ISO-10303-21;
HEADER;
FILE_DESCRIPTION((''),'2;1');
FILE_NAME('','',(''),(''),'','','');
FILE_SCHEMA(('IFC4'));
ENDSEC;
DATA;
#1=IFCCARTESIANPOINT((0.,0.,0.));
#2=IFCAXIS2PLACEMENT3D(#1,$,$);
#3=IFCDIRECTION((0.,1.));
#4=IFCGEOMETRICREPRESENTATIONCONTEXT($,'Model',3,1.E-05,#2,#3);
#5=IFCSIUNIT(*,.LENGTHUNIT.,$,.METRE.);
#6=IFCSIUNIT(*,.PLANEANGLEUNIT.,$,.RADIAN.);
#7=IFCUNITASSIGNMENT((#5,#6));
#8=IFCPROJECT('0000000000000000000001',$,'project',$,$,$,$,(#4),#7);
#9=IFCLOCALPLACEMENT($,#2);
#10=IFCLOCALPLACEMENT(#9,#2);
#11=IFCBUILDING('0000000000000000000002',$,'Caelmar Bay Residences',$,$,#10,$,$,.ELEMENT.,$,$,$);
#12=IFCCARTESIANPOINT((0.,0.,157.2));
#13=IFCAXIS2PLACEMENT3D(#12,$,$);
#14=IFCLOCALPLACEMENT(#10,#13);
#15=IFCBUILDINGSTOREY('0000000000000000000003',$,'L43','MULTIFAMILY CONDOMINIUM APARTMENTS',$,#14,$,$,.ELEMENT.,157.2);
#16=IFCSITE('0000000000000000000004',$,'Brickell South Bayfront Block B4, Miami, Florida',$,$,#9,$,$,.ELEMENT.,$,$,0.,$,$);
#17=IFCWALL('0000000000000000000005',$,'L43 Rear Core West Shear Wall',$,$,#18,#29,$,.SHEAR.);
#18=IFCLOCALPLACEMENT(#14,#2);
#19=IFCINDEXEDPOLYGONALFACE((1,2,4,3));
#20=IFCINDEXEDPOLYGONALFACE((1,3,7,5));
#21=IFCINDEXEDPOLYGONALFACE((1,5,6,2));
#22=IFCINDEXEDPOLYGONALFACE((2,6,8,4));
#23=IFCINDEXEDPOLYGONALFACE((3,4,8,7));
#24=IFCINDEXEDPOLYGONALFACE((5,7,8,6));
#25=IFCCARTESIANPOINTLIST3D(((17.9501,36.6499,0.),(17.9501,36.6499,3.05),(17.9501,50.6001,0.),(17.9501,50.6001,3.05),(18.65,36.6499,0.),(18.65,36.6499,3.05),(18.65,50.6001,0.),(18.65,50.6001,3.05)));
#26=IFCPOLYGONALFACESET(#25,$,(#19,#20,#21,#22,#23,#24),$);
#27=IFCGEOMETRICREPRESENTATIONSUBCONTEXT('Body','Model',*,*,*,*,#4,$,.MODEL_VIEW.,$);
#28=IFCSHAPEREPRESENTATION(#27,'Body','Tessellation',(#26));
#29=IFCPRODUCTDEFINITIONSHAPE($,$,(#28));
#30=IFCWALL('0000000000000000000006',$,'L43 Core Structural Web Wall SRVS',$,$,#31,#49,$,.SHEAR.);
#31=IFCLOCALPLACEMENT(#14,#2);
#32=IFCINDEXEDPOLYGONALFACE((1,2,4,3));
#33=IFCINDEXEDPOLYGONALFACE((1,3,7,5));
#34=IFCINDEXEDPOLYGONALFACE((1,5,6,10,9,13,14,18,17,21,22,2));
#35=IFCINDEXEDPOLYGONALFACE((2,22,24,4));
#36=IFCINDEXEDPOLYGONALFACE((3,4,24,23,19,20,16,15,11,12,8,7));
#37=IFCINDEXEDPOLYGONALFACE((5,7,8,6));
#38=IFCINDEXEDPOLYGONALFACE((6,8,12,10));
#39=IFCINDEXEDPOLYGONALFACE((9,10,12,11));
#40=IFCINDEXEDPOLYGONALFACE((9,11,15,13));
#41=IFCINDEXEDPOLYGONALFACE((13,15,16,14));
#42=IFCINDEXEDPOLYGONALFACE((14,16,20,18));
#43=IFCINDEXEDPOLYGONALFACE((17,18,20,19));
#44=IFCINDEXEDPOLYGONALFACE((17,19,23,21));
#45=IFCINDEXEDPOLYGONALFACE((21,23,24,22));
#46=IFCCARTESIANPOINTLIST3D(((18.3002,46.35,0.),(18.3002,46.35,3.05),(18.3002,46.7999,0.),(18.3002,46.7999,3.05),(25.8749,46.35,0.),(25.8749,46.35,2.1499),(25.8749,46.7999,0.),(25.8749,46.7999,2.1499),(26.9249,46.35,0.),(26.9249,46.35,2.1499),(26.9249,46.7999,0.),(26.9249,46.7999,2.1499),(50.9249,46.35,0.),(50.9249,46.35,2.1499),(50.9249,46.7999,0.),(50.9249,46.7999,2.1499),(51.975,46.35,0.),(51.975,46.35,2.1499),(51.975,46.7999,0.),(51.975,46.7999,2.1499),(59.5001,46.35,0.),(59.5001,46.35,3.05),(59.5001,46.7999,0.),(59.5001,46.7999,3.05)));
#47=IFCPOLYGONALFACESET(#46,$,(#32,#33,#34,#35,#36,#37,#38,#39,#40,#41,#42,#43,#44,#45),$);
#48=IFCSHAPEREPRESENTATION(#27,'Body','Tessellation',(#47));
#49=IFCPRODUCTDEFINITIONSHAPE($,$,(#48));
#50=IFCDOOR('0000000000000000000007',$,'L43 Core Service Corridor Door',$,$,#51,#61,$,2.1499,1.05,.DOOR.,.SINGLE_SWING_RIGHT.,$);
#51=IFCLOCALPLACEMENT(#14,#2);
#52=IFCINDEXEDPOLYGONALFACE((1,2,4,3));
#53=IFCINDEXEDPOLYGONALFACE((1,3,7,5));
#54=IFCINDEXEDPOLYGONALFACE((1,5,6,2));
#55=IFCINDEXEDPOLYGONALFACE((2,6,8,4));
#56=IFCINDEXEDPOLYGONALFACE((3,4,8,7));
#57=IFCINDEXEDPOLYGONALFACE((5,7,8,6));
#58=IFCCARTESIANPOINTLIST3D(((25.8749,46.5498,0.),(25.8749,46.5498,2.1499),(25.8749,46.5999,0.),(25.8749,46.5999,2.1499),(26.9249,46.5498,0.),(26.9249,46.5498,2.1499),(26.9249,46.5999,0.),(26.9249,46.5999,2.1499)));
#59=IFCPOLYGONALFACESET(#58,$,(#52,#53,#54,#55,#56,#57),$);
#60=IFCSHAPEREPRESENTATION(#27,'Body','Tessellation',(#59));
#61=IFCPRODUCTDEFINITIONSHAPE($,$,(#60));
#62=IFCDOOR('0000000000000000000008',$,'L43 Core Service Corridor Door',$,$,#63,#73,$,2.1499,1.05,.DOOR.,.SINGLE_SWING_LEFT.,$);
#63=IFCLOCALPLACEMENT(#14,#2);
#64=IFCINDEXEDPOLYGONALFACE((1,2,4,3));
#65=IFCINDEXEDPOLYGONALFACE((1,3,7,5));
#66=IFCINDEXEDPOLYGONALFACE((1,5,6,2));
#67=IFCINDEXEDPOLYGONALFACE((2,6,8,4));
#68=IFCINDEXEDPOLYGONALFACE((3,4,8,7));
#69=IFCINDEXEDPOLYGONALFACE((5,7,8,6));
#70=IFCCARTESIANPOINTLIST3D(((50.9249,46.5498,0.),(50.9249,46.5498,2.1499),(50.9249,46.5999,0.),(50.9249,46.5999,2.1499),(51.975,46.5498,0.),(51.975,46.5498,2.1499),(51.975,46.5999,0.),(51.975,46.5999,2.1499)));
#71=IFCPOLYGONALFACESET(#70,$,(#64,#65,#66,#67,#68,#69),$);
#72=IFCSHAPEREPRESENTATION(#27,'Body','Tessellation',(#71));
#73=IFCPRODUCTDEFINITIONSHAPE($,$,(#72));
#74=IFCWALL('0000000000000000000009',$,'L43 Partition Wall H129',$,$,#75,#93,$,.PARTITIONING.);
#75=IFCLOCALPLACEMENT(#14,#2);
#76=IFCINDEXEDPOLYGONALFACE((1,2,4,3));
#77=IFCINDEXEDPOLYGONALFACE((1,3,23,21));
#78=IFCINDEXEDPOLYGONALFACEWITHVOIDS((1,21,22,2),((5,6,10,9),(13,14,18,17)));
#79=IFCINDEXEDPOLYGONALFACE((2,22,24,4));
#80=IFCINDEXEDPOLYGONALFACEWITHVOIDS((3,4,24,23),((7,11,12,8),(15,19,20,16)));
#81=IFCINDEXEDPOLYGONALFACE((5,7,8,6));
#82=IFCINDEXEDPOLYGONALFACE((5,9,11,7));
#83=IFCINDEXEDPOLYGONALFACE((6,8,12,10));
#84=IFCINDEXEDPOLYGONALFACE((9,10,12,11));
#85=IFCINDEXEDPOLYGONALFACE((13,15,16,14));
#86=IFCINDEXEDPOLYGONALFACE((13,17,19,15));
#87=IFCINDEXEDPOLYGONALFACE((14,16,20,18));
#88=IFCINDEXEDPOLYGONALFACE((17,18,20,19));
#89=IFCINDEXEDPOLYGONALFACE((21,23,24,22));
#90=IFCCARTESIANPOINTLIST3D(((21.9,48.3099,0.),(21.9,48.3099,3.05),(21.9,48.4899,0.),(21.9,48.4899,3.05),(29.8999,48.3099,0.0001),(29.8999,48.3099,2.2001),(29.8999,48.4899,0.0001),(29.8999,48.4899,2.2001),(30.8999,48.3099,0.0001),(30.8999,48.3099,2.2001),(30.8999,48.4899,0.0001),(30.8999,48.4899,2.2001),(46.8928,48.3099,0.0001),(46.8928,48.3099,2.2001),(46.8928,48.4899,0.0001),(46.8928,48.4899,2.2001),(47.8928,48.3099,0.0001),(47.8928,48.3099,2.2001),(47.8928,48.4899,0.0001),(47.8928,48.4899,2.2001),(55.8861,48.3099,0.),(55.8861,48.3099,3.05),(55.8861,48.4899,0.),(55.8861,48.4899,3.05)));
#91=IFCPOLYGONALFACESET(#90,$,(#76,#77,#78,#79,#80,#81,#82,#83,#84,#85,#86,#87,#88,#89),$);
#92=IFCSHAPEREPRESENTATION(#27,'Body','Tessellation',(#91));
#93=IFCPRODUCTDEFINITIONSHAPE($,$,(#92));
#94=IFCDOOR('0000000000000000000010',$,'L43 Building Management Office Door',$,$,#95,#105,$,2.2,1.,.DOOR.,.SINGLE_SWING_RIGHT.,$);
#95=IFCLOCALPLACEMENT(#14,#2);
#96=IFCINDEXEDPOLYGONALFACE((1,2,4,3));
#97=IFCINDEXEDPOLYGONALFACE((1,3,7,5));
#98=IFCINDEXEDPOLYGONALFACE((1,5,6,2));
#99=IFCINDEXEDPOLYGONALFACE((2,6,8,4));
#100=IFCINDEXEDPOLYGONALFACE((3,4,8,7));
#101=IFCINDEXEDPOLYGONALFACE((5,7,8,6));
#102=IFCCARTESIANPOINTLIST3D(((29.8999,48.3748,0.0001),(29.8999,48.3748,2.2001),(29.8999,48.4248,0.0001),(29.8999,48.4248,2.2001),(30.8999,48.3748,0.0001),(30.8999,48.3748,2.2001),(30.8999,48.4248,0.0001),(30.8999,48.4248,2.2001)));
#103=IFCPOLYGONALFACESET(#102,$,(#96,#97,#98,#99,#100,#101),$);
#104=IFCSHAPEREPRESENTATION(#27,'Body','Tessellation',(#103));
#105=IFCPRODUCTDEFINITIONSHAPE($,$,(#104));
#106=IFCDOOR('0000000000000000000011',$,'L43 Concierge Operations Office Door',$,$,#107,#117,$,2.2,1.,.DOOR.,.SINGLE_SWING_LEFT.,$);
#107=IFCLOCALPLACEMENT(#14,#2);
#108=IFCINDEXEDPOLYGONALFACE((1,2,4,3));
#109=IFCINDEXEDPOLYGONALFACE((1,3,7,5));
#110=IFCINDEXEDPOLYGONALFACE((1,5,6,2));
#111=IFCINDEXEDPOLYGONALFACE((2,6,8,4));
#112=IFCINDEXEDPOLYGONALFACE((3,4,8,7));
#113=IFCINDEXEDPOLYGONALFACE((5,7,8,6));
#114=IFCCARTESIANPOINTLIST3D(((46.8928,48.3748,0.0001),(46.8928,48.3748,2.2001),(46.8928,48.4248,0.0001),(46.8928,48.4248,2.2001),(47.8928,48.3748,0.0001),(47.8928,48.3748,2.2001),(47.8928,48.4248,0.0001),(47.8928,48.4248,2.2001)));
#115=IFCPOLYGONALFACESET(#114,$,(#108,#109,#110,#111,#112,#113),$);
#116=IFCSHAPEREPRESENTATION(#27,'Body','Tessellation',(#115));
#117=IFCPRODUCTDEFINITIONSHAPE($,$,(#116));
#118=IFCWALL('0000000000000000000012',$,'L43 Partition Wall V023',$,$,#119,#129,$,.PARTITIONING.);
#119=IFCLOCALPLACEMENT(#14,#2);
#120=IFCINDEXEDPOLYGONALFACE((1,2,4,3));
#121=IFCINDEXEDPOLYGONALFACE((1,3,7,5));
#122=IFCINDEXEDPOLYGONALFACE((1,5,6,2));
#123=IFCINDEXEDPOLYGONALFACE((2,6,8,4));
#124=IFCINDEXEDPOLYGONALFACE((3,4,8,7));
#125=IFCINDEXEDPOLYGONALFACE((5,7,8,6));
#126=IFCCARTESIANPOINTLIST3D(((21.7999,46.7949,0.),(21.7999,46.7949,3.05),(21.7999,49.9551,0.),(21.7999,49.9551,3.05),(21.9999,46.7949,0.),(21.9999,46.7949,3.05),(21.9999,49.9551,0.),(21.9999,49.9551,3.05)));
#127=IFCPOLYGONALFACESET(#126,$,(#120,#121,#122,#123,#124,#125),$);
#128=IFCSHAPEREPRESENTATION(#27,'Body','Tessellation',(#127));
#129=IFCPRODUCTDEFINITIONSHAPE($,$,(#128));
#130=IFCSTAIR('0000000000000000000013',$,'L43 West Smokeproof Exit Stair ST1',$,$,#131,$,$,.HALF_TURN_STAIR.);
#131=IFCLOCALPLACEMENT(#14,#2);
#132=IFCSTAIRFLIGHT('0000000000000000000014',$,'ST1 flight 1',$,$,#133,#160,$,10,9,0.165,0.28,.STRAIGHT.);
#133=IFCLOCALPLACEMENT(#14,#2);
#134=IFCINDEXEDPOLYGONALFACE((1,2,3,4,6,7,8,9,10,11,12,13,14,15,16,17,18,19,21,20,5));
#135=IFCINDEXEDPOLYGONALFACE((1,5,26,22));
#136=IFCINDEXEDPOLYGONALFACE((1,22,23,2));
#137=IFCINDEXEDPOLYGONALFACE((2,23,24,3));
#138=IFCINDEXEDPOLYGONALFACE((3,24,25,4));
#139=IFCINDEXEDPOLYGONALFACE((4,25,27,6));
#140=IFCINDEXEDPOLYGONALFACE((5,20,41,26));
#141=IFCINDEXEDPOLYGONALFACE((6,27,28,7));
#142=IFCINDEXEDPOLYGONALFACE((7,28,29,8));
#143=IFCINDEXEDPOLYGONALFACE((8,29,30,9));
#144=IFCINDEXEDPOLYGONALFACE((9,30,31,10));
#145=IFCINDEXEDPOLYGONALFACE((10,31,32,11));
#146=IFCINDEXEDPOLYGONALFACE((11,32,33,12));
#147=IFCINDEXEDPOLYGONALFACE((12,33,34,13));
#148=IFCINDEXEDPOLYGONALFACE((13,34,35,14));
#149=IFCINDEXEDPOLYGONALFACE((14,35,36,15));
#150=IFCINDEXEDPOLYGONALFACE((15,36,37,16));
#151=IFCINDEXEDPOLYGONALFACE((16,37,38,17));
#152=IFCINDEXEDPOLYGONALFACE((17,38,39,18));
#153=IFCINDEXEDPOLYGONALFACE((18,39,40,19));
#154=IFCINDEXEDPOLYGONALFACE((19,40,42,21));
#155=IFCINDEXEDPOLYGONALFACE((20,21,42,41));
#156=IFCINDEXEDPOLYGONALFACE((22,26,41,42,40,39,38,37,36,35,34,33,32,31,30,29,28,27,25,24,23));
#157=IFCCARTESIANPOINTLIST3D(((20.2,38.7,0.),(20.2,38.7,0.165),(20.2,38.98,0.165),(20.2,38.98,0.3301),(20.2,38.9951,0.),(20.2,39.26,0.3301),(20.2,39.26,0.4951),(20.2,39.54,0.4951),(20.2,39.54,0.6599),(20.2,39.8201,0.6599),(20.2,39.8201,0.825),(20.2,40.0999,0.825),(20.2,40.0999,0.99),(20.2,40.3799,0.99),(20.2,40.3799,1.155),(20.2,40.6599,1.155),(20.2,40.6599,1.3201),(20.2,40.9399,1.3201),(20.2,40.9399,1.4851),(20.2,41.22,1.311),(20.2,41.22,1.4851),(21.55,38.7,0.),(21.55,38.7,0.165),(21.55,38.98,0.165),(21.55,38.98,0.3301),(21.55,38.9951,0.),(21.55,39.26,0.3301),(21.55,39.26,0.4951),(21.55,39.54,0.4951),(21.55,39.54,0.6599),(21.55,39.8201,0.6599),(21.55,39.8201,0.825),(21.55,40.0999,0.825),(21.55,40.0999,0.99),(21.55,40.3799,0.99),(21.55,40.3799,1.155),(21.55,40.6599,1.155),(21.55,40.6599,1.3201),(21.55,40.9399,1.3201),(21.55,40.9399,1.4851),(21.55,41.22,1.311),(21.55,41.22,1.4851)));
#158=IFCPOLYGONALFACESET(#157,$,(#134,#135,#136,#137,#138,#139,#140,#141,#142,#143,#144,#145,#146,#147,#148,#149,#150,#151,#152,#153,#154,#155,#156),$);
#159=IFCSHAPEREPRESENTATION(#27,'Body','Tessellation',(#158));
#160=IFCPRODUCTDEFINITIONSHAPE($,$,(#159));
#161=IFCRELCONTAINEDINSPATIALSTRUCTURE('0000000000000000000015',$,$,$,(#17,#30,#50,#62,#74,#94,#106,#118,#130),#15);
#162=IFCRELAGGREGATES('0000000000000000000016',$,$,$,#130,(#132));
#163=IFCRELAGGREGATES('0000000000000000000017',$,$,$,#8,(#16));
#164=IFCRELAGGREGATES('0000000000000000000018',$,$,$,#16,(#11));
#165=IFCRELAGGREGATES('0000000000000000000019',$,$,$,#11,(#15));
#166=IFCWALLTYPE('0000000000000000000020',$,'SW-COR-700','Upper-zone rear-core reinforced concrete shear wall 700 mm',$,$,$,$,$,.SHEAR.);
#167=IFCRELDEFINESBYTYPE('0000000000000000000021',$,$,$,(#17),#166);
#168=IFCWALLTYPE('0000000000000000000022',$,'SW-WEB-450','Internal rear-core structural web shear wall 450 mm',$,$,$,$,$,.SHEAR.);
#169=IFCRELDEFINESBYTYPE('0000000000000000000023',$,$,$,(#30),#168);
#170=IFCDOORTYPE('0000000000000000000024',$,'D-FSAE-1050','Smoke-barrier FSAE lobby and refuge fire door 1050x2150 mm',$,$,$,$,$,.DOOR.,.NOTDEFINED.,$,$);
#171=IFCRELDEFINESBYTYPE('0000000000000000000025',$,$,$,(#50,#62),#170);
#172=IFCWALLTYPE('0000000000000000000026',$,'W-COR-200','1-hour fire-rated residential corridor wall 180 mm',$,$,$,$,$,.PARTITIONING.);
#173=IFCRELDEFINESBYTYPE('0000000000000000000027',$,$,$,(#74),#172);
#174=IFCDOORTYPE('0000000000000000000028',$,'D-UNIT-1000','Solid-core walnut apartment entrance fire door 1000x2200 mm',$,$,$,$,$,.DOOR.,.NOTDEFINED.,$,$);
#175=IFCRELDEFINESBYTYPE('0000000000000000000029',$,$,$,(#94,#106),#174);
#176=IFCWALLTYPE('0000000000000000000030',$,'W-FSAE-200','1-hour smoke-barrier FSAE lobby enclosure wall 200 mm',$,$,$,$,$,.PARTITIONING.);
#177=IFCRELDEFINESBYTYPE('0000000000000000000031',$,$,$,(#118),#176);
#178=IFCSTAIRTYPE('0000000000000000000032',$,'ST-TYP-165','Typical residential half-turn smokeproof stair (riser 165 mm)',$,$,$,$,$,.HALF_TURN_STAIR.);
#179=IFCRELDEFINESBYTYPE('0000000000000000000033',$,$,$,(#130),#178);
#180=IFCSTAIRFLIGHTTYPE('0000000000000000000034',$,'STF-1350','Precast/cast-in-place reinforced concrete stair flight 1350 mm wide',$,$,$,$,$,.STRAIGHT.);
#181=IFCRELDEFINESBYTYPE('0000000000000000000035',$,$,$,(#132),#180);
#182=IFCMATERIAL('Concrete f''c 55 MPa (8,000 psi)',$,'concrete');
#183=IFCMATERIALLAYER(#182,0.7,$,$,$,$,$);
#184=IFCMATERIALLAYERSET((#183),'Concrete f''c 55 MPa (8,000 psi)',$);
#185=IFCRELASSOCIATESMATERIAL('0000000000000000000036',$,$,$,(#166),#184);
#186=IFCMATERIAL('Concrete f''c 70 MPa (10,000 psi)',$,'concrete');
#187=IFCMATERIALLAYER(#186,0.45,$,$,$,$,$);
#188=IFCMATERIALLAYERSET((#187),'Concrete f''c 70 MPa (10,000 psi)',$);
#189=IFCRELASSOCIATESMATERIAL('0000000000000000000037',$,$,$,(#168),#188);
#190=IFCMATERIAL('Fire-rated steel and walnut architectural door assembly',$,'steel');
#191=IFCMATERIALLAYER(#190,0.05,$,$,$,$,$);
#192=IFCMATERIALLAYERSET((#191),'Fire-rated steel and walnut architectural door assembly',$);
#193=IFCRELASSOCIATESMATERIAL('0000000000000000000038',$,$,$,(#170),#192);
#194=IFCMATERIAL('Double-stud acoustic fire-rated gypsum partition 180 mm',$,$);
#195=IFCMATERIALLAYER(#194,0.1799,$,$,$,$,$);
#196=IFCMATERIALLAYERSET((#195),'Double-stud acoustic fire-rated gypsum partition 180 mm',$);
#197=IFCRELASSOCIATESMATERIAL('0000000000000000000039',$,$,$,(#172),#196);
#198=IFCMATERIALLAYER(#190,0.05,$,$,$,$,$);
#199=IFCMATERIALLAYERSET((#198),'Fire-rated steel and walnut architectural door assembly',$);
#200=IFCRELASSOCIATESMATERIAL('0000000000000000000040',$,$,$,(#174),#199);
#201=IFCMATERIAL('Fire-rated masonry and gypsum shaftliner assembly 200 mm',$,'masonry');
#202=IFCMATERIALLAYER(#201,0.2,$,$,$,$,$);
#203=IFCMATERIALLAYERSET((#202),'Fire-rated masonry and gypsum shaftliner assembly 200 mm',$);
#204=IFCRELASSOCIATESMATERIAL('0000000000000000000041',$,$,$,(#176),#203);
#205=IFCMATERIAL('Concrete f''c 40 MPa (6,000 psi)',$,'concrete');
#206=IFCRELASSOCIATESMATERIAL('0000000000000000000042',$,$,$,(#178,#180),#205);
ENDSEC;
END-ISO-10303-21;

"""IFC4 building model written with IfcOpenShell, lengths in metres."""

from ifc_helpers import new_model, si_unit, direction, frame, frame_2d, origin, place, context, subcontext, project, spatial, polyline, rectangle, outline, extrude, material, layer, layer_set, type_object, element, fill, aggregate, save


model = new_model("IFC4")

# Units and contexts
model_context = context("Model", 3, precision=1e-05, world=origin(), true_north=direction((0.0, 1.0)))
body_context = subcontext(model_context, "Body", "Model", "MODEL_VIEW")
ifc_project = project(units=[si_unit("LENGTHUNIT", "METRE"), si_unit("PLANEANGLEUNIT", "RADIAN")], contexts=[model_context])

# Site, building, storey
site_placement = place(None, origin())
site = spatial("IfcSite", under=ifc_project, at=site_placement, Name="Brickell South Bayfront Block B4, Miami, Florida", CompositionType="ELEMENT", RefElevation=0.0)
building_placement = place(site_placement, origin())
building = spatial("IfcBuilding", under=site, at=building_placement, Name="Caelmar Bay Residences", CompositionType="ELEMENT")
storey_placement = place(building_placement, frame((0.0, 0.0, 157.2)))
storey = spatial("IfcBuildingStorey", under=building, at=storey_placement, Name="L43", Description="MULTIFAMILY CONDOMINIUM APARTMENTS", CompositionType="ELEMENT", Elevation=157.2)

# Wall
ifc_material_1 = material(Name="Concrete f'c 55 MPa (8,000 psi)", Category="concrete")
ifc_layer_1 = layer(ifc_material_1, 0.7)
ifc_layer_set_1 = layer_set([ifc_layer_1], Name="Concrete f'c 55 MPa (8,000 psi)")
wall_type_1 = type_object("IfcWallType", Name="SW-COR-700", Description="Upper-zone rear-core reinforced concrete shear wall 700 mm", PredefinedType="SHEAR", material=ifc_layer_set_1)
wall_1_placement = place(storey_placement, frame((18.3, 36.6499, 0.0), z_axis=(0.0, 0.0, 1.0), x_axis=(0.0, 1.0, 0.0)))
element("IfcWall", 1, at=wall_1_placement, inside=storey, type_object=wall_type_1, Name="L43 Rear Core West Shear Wall", PredefinedType="SHEAR", context=body_context, shape_type="SweptSolid", body=[
    extrude(rectangle(XDim=13.9502, YDim=0.7, at=frame_2d((6.9751, 0.0))), origin(), (0.0, 0.0, 1.0), 3.05),
])

# Shared definitions
ifc_material_2 = material(Name="Fire-rated steel and walnut architectural door assembly", Category="steel")

# Walls, openings, doors
ifc_material_3 = material(Name="Concrete f'c 70 MPa (10,000 psi)", Category="concrete")
ifc_layer_2 = layer(ifc_material_3, 0.45)
ifc_layer_set_2 = layer_set([ifc_layer_2], Name="Concrete f'c 70 MPa (10,000 psi)")
wall_type_2 = type_object("IfcWallType", Name="SW-WEB-450", Description="Internal rear-core structural web shear wall 450 mm", PredefinedType="SHEAR", material=ifc_layer_set_2)
wall_2_placement = place(storey_placement, frame((18.3, 46.575, 0.0), z_axis=(0.0, 0.0, 1.0), x_axis=(1.0, 0.0, 0.0)))
wall_2 = element("IfcWall", 2, at=wall_2_placement, inside=storey, type_object=wall_type_2, Name="L43 Core Structural Web Wall SRVS", PredefinedType="SHEAR", context=body_context, shape_type="SweptSolid", body=[
    extrude(rectangle(XDim=41.2, YDim=0.45, at=frame_2d((20.6001, 0.0))), origin(), (0.0, 0.0, 1.0), 3.05),
])
opening_1_placement = place(wall_2_placement, frame((7.575, 0.0, 0.0)))
opening_1 = element("IfcOpeningElement", 3, at=opening_1_placement, cuts=wall_2, PredefinedType="OPENING", context=body_context, shape_type="SweptSolid", body=[
    extrude(rectangle(XDim=1.05, YDim=2.1499, at=frame_2d((0.5249, 1.075))), frame((0.0, 0.2349, 0.0), z_axis=(0.0, -1.0, 0.0), x_axis=(1.0, 0.0, 0.0)), (0.0, 0.0, 1.0), 0.47),
])
opening_2_placement = place(wall_2_placement, frame((32.625, 0.0, 0.0)))
opening_2 = element("IfcOpeningElement", 4, at=opening_2_placement, cuts=wall_2, PredefinedType="OPENING", context=body_context, shape_type="SweptSolid", body=[
    extrude(rectangle(XDim=1.05, YDim=2.1499, at=frame_2d((0.5249, 1.075))), frame((0.0, 0.2349, 0.0), z_axis=(0.0, -1.0, 0.0), x_axis=(1.0, 0.0, 0.0)), (0.0, 0.0, 1.0), 0.47),
])
ifc_layer_3 = layer(ifc_material_2, 0.05)
ifc_layer_set_3 = layer_set([ifc_layer_3], Name="Fire-rated steel and walnut architectural door assembly")
door_type_1 = type_object("IfcDoorType", Name="D-FSAE-1050", Description="Smoke-barrier FSAE lobby and refuge fire door 1050x2150 mm", OperationType="NOTDEFINED", PredefinedType="DOOR", material=ifc_layer_set_3)
door_1_placement = place(opening_1_placement, origin())
door_1 = element("IfcDoor", 5, at=door_1_placement, inside=storey, type_object=door_type_1, Name="L43 Core Service Corridor Door", OperationType="SINGLE_SWING_RIGHT", OverallHeight=2.1499, OverallWidth=1.05, PredefinedType="DOOR", context=body_context, shape_type="SweptSolid", body=[
    extrude(rectangle(XDim=1.05, YDim=2.1499, at=frame_2d((0.5249, 1.075))), frame((0.0, 0.0249, 0.0), z_axis=(0.0, -1.0, 0.0), x_axis=(1.0, 0.0, 0.0)), (0.0, 0.0, 1.0), 0.05),
])
fill(opening_1, door_1)
door_2_placement = place(opening_2_placement, origin())
door_2 = element("IfcDoor", 6, at=door_2_placement, inside=storey, type_object=door_type_1, Name="L43 Core Service Corridor Door", OperationType="SINGLE_SWING_LEFT", OverallHeight=2.1499, OverallWidth=1.05, PredefinedType="DOOR", context=body_context, shape_type="SweptSolid", body=[
    extrude(rectangle(XDim=1.05, YDim=2.1499, at=frame_2d((0.5249, 1.075))), frame((0.0, 0.0249, 0.0), z_axis=(0.0, -1.0, 0.0), x_axis=(1.0, 0.0, 0.0)), (0.0, 0.0, 1.0), 0.05),
])
fill(opening_2, door_2)
ifc_material_4 = material(Name="Double-stud acoustic fire-rated gypsum partition 180 mm")
ifc_layer_4 = layer(ifc_material_4, 0.1799)
ifc_layer_set_4 = layer_set([ifc_layer_4], Name="Double-stud acoustic fire-rated gypsum partition 180 mm")
wall_type_3 = type_object("IfcWallType", Name="W-COR-200", Description="1-hour fire-rated residential corridor wall 180 mm", PredefinedType="PARTITIONING", material=ifc_layer_set_4)
wall_3_placement = place(storey_placement, frame((21.8999, 48.3999, 0.0), z_axis=(0.0, 0.0, 1.0), x_axis=(1.0, 0.0, 0.0)))
wall_3 = element("IfcWall", 7, at=wall_3_placement, inside=storey, type_object=wall_type_3, Name="L43 Partition Wall H129", PredefinedType="PARTITIONING", context=body_context, shape_type="SweptSolid", body=[
    extrude(rectangle(XDim=33.9861, YDim=0.1799, at=frame_2d((16.9932, 0.0))), origin(), (0.0, 0.0, 1.0), 3.05),
])
opening_3_placement = place(wall_3_placement, frame((8.0, 0.0, 0.0)))
opening_3 = element("IfcOpeningElement", 8, at=opening_3_placement, cuts=wall_3, PredefinedType="OPENING", context=body_context, shape_type="SweptSolid", body=[
    extrude(rectangle(XDim=1.0, YDim=2.2, at=frame_2d((0.5, 1.1001))), frame((0.0, 0.0999, 0.0), z_axis=(0.0, -1.0, 0.0), x_axis=(1.0, 0.0, 0.0)), (0.0, 0.0, 1.0), 0.2),
])
opening_4_placement = place(wall_3_placement, frame((24.9929, 0.0, 0.0)))
opening_4 = element("IfcOpeningElement", 9, at=opening_4_placement, cuts=wall_3, PredefinedType="OPENING", context=body_context, shape_type="SweptSolid", body=[
    extrude(rectangle(XDim=1.0, YDim=2.2, at=frame_2d((0.5, 1.1001))), frame((0.0, 0.0999, 0.0), z_axis=(0.0, -1.0, 0.0), x_axis=(1.0, 0.0, 0.0)), (0.0, 0.0, 1.0), 0.2),
])
ifc_layer_5 = layer(ifc_material_2, 0.05)
ifc_layer_set_5 = layer_set([ifc_layer_5], Name="Fire-rated steel and walnut architectural door assembly")
door_type_2 = type_object("IfcDoorType", Name="D-UNIT-1000", Description="Solid-core walnut apartment entrance fire door 1000x2200 mm", OperationType="NOTDEFINED", PredefinedType="DOOR", material=ifc_layer_set_5)
door_3_placement = place(opening_3_placement, origin())
door_3 = element("IfcDoor", 10, at=door_3_placement, inside=storey, type_object=door_type_2, Name="L43 Building Management Office Door", OperationType="SINGLE_SWING_RIGHT", OverallHeight=2.2, OverallWidth=1.0, PredefinedType="DOOR", context=body_context, shape_type="SweptSolid", body=[
    extrude(rectangle(XDim=1.0, YDim=2.2, at=frame_2d((0.5, 1.1001))), frame((0.0, 0.0249, 0.0), z_axis=(0.0, -1.0, 0.0), x_axis=(1.0, 0.0, 0.0)), (0.0, 0.0, 1.0), 0.05),
])
fill(opening_3, door_3)
door_4_placement = place(opening_4_placement, origin())
door_4 = element("IfcDoor", 11, at=door_4_placement, inside=storey, type_object=door_type_2, Name="L43 Concierge Operations Office Door", OperationType="SINGLE_SWING_LEFT", OverallHeight=2.2, OverallWidth=1.0, PredefinedType="DOOR", context=body_context, shape_type="SweptSolid", body=[
    extrude(rectangle(XDim=1.0, YDim=2.2, at=frame_2d((0.5, 1.1001))), frame((0.0, 0.0249, 0.0), z_axis=(0.0, -1.0, 0.0), x_axis=(1.0, 0.0, 0.0)), (0.0, 0.0, 1.0), 0.05),
])
fill(opening_4, door_4)

# Wall
ifc_material_5 = material(Name="Fire-rated masonry and gypsum shaftliner assembly 200 mm", Category="masonry")
ifc_layer_6 = layer(ifc_material_5, 0.2)
ifc_layer_set_6 = layer_set([ifc_layer_6], Name="Fire-rated masonry and gypsum shaftliner assembly 200 mm")
wall_type_4 = type_object("IfcWallType", Name="W-FSAE-200", Description="1-hour smoke-barrier FSAE lobby enclosure wall 200 mm", PredefinedType="PARTITIONING", material=ifc_layer_set_6)
wall_4_placement = place(storey_placement, frame((21.8999, 46.7949, 0.0), z_axis=(0.0, 0.0, 1.0), x_axis=(0.0, 1.0, 0.0)))
element("IfcWall", 12, at=wall_4_placement, inside=storey, type_object=wall_type_4, Name="L43 Partition Wall V023", PredefinedType="PARTITIONING", context=body_context, shape_type="SweptSolid", body=[
    extrude(rectangle(XDim=3.1602, YDim=0.2, at=frame_2d((1.5801, 0.0))), origin(), (0.0, 0.0, 1.0), 3.05),
])

# Stair, stair flight
ifc_material_6 = material(Name="Concrete f'c 40 MPa (6,000 psi)", Category="concrete")
stair_type = type_object("IfcStairType", Name="ST-TYP-165", Description="Typical residential half-turn smokeproof stair (riser 165 mm)", PredefinedType="HALF_TURN_STAIR", material=ifc_material_6)
stair_placement = place(storey_placement, origin())
stair = element("IfcStair", 13, at=stair_placement, inside=storey, type_object=stair_type, Name="L43 West Smokeproof Exit Stair ST1", PredefinedType="HALF_TURN_STAIR")
stair_flight_type = type_object("IfcStairFlightType", Name="STF-1350", Description="Precast/cast-in-place reinforced concrete stair flight 1350 mm wide", PredefinedType="STRAIGHT", material=ifc_material_6)
stair_flight_1_placement = place(storey_placement, frame((20.875, 38.7, 0.0), z_axis=(0.0, 0.0, 1.0), x_axis=(0.0, 1.0, 0.0)))
stair_flight_1 = element("IfcStairFlight", 14, at=stair_flight_1_placement, type_object=stair_flight_type, Name="ST1 flight 1", NumberOfRisers=10, NumberOfTreads=9, PredefinedType="STRAIGHT", RiserHeight=0.165, TreadLength=0.28, context=body_context, shape_type="SweptSolid", body=[
    extrude(outline(polyline([(0.0, 0.0), (0.0, 0.165), (0.28, 0.165), (0.28, 0.3301), (0.5601, 0.3301), (0.5601, 0.4951), (0.8401, 0.4951), (0.8401, 0.6599), (1.1201, 0.6599), (1.1201, 0.825), (1.3999, 0.825), (1.3999, 0.99), (1.6799, 0.99), (1.6799, 1.155), (1.96, 1.155), (1.96, 1.3201), (2.24, 1.3201), (2.24, 1.4851), (2.52, 1.4851), (2.52, 1.6499), (2.52, 1.311), (0.2952, 0.0), (0.0, 0.0)])), frame((0.0, 0.675, 0.0), z_axis=(0.0, -1.0, 0.0), x_axis=(1.0, 0.0, 0.0)), (0.0, 0.0, 1.0), 1.3501),
])
aggregate(stair, [stair_flight_1])

save(model, "model.ifc")
